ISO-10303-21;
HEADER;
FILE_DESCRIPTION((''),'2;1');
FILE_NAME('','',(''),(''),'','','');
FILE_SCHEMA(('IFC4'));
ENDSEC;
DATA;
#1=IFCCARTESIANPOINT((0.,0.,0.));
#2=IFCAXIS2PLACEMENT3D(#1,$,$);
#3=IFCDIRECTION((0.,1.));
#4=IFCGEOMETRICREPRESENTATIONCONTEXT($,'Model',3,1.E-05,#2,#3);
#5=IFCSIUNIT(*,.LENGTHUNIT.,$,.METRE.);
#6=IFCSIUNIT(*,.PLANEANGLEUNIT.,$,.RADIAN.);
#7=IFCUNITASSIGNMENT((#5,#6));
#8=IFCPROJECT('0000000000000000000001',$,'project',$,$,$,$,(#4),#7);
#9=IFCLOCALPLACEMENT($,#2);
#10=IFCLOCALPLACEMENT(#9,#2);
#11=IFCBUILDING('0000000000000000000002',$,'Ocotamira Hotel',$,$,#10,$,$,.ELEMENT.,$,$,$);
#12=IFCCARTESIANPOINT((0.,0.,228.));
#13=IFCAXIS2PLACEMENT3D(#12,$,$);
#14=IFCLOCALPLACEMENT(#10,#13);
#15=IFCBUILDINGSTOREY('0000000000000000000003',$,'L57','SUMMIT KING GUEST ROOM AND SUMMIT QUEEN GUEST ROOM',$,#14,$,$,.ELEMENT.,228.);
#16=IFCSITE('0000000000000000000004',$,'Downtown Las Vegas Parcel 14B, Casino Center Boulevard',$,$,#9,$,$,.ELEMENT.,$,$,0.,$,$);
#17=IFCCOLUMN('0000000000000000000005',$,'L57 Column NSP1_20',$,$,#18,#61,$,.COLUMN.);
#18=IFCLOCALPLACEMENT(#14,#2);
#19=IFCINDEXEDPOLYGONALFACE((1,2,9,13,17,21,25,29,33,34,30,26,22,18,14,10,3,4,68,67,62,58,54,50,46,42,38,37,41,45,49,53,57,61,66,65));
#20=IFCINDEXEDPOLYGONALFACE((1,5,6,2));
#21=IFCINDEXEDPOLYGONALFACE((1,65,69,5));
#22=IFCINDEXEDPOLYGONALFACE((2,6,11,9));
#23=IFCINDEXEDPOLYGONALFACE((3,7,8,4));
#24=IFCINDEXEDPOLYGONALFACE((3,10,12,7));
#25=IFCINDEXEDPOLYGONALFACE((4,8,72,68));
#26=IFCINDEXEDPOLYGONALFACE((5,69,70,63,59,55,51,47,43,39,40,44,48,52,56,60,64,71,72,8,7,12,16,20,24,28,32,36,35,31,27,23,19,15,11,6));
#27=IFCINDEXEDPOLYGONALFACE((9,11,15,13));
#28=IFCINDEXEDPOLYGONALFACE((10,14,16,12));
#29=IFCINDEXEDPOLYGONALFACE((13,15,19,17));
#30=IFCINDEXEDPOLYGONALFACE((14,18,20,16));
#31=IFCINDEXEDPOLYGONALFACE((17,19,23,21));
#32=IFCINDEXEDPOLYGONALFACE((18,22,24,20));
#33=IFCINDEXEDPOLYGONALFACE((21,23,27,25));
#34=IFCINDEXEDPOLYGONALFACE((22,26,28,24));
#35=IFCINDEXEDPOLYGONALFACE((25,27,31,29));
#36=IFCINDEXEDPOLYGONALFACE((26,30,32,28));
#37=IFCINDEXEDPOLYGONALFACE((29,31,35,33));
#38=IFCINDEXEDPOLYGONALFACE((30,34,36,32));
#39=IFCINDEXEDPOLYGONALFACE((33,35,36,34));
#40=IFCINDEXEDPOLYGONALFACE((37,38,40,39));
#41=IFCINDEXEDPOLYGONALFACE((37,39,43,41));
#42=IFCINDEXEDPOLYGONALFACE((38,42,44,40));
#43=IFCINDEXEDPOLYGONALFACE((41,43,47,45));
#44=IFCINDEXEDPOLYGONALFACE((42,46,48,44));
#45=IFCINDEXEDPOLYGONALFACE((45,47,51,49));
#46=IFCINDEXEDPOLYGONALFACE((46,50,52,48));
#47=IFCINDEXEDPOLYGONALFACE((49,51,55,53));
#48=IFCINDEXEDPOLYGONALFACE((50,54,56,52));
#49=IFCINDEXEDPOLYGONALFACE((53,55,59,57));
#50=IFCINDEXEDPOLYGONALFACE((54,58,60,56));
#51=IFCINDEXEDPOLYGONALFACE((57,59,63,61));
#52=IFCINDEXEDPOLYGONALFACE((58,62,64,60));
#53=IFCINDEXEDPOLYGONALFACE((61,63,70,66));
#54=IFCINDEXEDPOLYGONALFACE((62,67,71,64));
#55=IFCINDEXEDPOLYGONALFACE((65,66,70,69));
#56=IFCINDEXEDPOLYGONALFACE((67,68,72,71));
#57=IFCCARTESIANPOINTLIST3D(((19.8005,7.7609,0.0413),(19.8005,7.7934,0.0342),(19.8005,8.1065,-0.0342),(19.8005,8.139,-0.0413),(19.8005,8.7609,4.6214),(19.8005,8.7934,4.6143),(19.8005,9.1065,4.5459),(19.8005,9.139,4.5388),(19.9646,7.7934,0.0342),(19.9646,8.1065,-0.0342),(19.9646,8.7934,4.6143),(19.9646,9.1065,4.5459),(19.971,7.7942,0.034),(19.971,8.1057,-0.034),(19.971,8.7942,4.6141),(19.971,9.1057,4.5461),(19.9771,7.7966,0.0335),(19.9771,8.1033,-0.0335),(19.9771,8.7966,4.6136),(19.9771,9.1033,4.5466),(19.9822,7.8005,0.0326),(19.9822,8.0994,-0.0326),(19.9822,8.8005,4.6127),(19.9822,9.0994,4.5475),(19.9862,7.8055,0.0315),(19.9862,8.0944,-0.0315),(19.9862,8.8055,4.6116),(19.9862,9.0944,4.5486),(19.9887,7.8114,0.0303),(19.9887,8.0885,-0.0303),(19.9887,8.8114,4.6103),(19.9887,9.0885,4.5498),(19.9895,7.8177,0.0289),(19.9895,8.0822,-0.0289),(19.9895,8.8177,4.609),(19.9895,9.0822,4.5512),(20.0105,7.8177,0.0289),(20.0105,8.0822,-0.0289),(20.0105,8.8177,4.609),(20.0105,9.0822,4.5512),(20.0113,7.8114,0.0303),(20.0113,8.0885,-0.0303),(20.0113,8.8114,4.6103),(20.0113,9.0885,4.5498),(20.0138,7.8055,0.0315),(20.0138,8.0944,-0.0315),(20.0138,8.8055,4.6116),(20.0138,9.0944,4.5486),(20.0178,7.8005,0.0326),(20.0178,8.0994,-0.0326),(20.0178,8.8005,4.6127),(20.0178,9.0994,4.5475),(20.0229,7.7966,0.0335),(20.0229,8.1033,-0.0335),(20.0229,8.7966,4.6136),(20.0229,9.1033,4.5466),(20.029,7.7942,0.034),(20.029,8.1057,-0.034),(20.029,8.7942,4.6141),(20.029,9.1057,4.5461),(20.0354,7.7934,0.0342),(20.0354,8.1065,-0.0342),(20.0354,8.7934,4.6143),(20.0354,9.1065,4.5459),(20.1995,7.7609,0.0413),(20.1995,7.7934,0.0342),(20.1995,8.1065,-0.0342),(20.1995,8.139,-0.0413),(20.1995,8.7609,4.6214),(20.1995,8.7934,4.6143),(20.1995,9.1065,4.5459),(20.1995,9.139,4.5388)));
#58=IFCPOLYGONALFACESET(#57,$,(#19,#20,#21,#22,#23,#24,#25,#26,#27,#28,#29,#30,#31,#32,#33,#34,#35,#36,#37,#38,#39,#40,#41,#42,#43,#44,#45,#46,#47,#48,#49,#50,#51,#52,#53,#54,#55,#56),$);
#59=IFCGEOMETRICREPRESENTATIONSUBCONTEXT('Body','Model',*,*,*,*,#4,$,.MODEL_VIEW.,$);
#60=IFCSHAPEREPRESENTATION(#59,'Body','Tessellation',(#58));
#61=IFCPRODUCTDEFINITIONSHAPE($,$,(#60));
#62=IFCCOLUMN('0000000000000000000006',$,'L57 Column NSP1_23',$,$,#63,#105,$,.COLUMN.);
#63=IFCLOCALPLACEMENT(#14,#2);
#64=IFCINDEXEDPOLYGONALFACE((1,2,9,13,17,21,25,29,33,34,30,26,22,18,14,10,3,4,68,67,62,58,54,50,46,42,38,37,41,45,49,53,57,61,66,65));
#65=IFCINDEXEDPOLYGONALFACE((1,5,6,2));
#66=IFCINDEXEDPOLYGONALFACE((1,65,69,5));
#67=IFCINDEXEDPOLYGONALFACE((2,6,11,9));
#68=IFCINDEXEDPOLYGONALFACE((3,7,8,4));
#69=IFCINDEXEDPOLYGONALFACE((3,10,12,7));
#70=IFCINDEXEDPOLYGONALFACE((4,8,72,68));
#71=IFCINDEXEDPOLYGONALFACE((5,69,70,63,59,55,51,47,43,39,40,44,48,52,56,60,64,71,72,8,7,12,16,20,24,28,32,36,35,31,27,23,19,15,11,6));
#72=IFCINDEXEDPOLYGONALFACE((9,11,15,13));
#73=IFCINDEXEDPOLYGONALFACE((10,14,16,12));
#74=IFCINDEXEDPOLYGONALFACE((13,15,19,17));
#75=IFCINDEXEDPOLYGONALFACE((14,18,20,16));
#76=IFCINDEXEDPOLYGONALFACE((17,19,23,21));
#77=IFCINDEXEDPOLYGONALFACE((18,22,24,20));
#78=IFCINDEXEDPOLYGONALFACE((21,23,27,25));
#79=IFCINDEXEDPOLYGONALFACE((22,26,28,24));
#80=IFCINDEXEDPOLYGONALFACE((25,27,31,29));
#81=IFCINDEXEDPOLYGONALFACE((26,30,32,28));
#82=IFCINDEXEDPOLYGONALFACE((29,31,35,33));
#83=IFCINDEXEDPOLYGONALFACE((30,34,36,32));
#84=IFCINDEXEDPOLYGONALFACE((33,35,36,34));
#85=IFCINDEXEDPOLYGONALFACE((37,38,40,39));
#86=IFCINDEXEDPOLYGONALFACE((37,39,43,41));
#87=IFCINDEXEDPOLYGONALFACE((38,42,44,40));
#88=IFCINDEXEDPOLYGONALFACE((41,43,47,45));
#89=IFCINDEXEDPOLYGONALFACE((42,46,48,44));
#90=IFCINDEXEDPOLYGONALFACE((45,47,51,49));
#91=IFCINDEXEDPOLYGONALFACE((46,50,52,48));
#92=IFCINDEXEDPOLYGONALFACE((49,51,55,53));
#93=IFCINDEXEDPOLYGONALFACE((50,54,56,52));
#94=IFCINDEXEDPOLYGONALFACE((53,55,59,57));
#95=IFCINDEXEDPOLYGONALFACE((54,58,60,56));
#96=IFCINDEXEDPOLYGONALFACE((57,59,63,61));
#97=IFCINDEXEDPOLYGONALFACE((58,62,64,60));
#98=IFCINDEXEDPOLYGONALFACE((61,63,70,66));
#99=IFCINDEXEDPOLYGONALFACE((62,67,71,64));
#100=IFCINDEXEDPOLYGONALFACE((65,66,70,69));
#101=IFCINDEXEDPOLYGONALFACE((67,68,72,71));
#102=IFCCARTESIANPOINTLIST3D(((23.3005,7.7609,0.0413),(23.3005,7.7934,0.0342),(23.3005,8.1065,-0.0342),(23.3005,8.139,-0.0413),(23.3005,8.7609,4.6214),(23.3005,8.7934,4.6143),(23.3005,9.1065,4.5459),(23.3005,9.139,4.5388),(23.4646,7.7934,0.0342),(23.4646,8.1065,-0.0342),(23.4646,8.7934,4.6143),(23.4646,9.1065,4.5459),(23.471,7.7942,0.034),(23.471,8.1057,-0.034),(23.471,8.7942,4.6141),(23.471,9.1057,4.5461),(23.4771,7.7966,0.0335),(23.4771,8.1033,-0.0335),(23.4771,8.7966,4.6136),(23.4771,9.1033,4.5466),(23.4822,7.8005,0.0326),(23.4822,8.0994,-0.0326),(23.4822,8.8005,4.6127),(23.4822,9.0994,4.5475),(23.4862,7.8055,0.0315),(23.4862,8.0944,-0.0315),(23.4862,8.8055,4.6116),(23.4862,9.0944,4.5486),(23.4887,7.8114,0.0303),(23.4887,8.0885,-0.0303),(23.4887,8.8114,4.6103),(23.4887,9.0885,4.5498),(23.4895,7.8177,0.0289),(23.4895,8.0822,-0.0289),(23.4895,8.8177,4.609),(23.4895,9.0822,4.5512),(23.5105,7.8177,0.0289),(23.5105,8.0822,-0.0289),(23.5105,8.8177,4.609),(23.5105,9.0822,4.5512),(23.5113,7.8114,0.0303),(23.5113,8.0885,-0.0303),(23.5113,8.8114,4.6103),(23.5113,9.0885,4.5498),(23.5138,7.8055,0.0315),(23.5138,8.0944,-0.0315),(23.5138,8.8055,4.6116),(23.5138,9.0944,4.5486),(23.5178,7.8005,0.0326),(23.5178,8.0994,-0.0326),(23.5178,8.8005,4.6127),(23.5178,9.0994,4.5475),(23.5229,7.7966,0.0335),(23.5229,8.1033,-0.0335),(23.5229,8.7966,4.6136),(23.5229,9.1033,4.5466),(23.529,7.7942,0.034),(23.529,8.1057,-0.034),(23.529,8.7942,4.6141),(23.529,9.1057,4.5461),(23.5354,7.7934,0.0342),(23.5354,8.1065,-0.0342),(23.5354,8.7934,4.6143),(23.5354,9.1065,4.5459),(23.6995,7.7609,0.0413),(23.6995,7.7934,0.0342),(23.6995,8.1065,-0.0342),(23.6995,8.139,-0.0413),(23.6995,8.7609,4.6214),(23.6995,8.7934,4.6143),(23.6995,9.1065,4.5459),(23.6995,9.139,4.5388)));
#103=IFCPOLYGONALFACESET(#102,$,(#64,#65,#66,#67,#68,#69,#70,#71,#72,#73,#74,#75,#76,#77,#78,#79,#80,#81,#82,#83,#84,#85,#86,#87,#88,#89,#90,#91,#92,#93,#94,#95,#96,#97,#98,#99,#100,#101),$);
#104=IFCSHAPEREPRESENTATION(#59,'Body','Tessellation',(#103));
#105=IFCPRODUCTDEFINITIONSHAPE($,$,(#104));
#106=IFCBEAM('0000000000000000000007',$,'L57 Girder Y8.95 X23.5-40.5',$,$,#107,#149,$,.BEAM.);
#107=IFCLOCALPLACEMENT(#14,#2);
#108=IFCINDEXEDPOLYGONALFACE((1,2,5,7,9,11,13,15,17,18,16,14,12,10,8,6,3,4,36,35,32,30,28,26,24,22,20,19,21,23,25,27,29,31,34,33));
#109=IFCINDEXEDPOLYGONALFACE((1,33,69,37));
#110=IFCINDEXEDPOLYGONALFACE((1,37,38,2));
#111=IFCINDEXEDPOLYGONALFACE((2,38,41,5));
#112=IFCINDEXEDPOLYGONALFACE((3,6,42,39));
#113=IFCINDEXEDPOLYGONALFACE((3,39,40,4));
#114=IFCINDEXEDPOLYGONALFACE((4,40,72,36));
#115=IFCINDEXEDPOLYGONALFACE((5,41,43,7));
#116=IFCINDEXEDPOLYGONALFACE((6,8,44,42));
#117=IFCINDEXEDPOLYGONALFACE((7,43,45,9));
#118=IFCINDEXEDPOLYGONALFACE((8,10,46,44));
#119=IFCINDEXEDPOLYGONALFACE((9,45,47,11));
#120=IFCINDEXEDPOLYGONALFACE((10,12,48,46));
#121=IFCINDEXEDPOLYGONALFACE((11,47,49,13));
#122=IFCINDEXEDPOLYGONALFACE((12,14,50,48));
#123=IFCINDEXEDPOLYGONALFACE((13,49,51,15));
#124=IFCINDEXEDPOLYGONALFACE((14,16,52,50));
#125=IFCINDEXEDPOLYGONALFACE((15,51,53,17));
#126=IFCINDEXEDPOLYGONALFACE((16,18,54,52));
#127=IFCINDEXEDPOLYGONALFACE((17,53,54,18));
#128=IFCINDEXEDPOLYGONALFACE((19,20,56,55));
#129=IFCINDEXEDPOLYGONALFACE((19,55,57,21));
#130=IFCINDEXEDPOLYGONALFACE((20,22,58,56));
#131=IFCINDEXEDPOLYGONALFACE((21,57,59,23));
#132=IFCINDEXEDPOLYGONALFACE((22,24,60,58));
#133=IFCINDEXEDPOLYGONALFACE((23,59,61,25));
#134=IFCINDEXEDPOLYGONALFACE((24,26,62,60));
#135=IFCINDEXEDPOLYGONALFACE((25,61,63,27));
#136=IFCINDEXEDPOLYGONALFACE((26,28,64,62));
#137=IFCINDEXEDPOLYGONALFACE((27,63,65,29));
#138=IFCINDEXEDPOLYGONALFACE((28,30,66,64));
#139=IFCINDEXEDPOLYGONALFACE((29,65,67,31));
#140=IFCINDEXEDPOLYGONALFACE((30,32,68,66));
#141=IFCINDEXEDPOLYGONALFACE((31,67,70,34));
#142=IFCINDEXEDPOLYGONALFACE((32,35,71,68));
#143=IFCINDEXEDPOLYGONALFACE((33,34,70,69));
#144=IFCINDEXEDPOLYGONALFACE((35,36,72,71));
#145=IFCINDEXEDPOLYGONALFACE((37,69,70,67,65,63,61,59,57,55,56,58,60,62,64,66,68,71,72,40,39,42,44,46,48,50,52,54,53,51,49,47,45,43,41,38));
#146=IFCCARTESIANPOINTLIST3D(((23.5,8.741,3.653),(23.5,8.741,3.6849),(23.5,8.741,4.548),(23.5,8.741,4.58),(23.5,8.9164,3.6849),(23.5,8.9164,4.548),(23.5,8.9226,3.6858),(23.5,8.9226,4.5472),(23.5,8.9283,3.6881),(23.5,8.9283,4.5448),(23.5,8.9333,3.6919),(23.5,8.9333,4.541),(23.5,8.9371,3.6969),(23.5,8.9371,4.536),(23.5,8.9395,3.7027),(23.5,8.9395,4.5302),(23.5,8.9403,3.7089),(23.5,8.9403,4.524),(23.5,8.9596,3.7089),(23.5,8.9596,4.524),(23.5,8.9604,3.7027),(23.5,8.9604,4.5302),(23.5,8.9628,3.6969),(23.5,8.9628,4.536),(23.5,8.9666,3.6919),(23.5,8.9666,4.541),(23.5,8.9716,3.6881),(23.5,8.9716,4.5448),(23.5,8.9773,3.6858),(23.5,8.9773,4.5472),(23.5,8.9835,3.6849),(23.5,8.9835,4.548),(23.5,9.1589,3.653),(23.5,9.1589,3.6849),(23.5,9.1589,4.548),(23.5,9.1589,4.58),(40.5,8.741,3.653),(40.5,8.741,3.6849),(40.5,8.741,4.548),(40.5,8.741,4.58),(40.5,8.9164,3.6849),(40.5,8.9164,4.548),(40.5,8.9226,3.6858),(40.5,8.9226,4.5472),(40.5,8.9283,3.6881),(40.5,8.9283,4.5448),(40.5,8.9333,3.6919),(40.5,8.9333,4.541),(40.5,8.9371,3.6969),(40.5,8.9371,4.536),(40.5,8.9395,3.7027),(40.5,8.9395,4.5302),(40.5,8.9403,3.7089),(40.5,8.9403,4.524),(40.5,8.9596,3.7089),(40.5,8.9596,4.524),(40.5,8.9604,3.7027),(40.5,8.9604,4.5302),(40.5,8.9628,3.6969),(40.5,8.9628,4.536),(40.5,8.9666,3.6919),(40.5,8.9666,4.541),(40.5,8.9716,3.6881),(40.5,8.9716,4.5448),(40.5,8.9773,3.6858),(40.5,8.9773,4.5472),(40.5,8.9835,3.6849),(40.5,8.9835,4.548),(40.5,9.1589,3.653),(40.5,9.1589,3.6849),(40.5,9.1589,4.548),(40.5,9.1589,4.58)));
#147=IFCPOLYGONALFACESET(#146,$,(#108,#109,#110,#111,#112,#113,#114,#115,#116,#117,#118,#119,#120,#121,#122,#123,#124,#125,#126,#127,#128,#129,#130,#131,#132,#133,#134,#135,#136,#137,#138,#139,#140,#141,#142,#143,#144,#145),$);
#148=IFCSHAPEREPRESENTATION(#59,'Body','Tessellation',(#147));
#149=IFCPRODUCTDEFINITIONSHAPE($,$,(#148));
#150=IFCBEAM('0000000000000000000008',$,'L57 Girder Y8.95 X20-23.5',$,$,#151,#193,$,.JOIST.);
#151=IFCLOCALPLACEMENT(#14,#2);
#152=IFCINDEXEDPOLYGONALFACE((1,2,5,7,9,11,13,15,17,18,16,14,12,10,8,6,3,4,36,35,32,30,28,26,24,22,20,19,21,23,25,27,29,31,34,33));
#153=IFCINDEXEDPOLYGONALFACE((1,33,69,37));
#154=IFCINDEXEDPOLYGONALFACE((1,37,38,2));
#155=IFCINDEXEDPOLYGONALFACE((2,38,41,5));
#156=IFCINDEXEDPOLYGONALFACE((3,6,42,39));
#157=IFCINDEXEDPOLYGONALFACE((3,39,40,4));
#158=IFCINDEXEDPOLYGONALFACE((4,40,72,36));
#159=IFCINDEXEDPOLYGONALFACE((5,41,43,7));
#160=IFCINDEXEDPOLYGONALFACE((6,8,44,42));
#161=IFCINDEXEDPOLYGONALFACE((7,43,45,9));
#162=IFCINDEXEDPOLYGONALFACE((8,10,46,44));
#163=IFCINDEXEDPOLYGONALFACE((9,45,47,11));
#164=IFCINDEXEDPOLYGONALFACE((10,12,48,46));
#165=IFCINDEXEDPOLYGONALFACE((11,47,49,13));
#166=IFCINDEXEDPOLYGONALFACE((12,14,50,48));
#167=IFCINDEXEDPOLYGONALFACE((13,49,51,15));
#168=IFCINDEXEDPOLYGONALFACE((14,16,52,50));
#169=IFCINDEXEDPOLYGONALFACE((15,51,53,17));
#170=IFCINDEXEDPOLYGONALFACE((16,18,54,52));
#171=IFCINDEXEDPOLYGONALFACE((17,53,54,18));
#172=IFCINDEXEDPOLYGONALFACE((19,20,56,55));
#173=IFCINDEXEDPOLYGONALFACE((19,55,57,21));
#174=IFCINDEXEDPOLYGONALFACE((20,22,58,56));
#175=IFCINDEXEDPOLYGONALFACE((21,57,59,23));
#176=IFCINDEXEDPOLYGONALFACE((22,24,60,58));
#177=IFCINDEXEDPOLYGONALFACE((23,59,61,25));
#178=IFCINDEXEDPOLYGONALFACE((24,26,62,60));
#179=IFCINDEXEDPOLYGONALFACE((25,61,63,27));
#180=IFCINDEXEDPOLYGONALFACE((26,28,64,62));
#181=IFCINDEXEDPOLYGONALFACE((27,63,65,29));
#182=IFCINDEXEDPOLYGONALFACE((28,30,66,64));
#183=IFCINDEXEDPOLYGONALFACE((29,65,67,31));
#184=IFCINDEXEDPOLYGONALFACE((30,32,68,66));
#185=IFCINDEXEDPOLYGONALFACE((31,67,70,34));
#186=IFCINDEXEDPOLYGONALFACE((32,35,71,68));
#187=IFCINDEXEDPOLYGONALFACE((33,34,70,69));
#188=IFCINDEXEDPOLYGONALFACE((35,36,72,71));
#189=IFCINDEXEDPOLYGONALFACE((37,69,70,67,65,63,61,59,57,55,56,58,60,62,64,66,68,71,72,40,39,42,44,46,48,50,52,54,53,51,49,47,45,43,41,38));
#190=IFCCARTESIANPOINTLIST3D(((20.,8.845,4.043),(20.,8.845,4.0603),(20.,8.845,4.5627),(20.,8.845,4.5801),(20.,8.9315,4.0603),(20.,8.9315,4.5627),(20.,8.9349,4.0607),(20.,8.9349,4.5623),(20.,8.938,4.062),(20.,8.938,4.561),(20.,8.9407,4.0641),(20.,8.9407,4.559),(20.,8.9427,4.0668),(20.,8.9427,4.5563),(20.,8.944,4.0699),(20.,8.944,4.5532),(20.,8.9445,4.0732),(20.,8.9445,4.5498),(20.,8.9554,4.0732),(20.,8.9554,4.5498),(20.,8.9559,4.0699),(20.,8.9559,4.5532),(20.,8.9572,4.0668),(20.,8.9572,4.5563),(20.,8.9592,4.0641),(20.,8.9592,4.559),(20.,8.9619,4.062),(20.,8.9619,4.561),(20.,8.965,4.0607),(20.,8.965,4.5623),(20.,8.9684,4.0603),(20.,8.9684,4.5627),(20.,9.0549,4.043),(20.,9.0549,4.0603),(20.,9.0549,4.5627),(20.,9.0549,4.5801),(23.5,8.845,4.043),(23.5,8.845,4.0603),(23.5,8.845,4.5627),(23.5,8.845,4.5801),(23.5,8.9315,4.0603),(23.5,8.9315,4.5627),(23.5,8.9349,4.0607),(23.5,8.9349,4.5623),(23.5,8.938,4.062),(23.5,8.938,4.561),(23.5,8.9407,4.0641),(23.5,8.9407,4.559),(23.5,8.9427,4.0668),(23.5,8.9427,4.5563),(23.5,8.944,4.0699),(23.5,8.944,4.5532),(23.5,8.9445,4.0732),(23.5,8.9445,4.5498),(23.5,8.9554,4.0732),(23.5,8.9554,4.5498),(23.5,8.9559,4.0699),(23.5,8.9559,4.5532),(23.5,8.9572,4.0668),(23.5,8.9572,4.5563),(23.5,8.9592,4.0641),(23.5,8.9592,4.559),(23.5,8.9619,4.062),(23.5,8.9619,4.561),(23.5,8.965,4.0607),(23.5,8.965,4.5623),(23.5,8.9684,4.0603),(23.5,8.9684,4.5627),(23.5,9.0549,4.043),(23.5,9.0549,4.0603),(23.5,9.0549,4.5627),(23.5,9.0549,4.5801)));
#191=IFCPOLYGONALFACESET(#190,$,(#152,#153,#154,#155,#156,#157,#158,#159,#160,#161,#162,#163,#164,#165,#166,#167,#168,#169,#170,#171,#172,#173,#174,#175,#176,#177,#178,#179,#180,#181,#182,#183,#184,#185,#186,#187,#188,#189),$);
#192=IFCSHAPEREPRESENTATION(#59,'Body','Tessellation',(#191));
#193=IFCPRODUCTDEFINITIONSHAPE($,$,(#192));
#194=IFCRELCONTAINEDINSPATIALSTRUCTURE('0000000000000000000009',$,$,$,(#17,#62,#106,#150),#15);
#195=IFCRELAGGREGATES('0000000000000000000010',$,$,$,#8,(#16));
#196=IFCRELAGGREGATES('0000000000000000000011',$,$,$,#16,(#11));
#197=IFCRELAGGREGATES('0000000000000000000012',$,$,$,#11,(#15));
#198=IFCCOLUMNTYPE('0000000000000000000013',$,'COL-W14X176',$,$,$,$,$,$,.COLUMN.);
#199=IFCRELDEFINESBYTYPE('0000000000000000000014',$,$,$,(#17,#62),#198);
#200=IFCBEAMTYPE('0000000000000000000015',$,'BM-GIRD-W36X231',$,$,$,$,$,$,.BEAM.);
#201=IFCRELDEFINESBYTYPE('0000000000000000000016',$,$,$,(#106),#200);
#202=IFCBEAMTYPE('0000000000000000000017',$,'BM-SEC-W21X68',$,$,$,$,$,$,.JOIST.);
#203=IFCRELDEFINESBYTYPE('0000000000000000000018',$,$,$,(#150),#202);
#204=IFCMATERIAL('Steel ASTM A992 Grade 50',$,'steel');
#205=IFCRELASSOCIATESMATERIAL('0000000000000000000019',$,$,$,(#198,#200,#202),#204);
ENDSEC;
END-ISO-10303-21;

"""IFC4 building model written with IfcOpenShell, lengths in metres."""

from ifc_helpers import new_model, si_unit, direction, frame, origin, origin_2d, place, context, subcontext, project, spatial, i_section, extrude, source, transform, mapped, material, material_profile, profile_set, type_object, element, save


model = new_model("IFC4")

# Units and contexts
model_context = context("Model", 3, precision=1e-05, world=origin(), true_north=direction((0.0, 1.0)))
body_context = subcontext(model_context, "Body", "Model", "MODEL_VIEW")
ifc_project = project(units=[si_unit("LENGTHUNIT", "METRE"), si_unit("PLANEANGLEUNIT", "RADIAN")], contexts=[model_context])

# Site, building, storey
site_placement = place(None, origin())
site = spatial("IfcSite", under=ifc_project, at=site_placement, Name="Downtown Las Vegas Parcel 14B, Casino Center Boulevard", CompositionType="ELEMENT", RefElevation=0.0)
building_placement = place(site_placement, origin())
building = spatial("IfcBuilding", under=site, at=building_placement, Name="Ocotamira Hotel", CompositionType="ELEMENT")
storey_placement = place(building_placement, frame((0.0, 0.0, 228.0)))
storey = spatial("IfcBuildingStorey", under=building, at=storey_placement, Name="L57", Description="SUMMIT KING GUEST ROOM AND SUMMIT QUEEN GUEST ROOM", CompositionType="ELEMENT", Elevation=228.0)

# Columns
ifc_material_1 = material(Name="Steel ASTM A992 Grade 50", Category="steel")
ifc_material_profile_1 = material_profile(ifc_material_1, i_section(OverallWidth=0.3989, OverallDepth=0.387, WebThickness=0.021, FlangeThickness=0.0332, FilletRadius=0.0249, at=origin_2d()), Name="W14X176")
ifc_profile_set_1 = profile_set([ifc_material_profile_1], Name="Steel ASTM A992 Grade 50")
column_type = type_object("IfcColumnType", Name="COL-W14X176", PredefinedType="COLUMN", material=ifc_profile_set_1)
shared_shape_1 = source(origin(), body_context, "Body", "SweptSolid", [
    extrude(i_section(OverallWidth=0.3989, OverallDepth=0.387, WebThickness=0.021, FlangeThickness=0.0332, FilletRadius=0.0249, at=origin_2d()), origin(), (0.0, 0.0, 1.0), 4.688),
])
for number, where, z_axis, x_axis, name in (
    (1, (20.0, 7.95, 0.0), (0.0, 0.213312, 0.976984), (-1.0, 0.0, 0.0), "L57 Column NSP1_20"),
    (2, (23.5, 7.95, 0.0), (0.0, 0.213312, 0.976984), (-1.0, 0.0, 0.0), "L57 Column NSP1_23"),
):
    element("IfcColumn", number, at=place(storey_placement, frame(where, z_axis=z_axis, x_axis=x_axis)), inside=storey, type_object=column_type, Name=name, PredefinedType="COLUMN", context=body_context, shape_type="MappedRepresentation", body=[
        mapped(shared_shape_1, transform((0.0, 0.0, 0.0), scale=1.0)),
    ])

# Beams
ifc_material_profile_2 = material_profile(ifc_material_1, i_section(OverallWidth=0.418, OverallDepth=0.927, WebThickness=0.0193, FlangeThickness=0.032, FilletRadius=0.0239, at=origin_2d()), Name="W36X231")
ifc_profile_set_2 = profile_set([ifc_material_profile_2], Name="Steel ASTM A992 Grade 50")
beam_type_1 = type_object("IfcBeamType", Name="BM-GIRD-W36X231", PredefinedType="BEAM", material=ifc_profile_set_2)
shared_shape_2 = source(origin(), body_context, "Body", "SweptSolid", [
    extrude(i_section(OverallWidth=0.418, OverallDepth=0.927, WebThickness=0.0193, FlangeThickness=0.032, FilletRadius=0.0239, at=origin_2d()), origin(), (0.0, 0.0, 1.0), 17.0),
])
beam_1_placement = place(storey_placement, frame((23.5, 8.95, 4.1165), z_axis=(1.0, 0.0, 0.0), x_axis=(0.0, 1.0, 0.0)))
element("IfcBeam", 3, at=beam_1_placement, inside=storey, type_object=beam_type_1, Name="L57 Girder Y8.95 X23.5-40.5", PredefinedType="BEAM", context=body_context, shape_type="MappedRepresentation", body=[
    mapped(shared_shape_2, transform((0.0, 0.0, 0.0), scale=1.0)),
])
ifc_material_profile_3 = material_profile(ifc_material_1, i_section(OverallWidth=0.21, OverallDepth=0.5371, WebThickness=0.011, FlangeThickness=0.0173, FilletRadius=0.0129, at=origin_2d()), Name="W21X68")
ifc_profile_set_3 = profile_set([ifc_material_profile_3], Name="Steel ASTM A992 Grade 50")
beam_type_2 = type_object("IfcBeamType", Name="BM-SEC-W21X68", PredefinedType="JOIST", material=ifc_profile_set_3)
shared_shape_3 = source(origin(), body_context, "Body", "SweptSolid", [
    extrude(i_section(OverallWidth=0.21, OverallDepth=0.5371, WebThickness=0.011, FlangeThickness=0.0173, FilletRadius=0.0129, at=origin_2d()), origin(), (0.0, 0.0, 1.0), 3.5),
])
beam_2_placement = place(storey_placement, frame((20.0, 8.95, 4.3115), z_axis=(1.0, 0.0, 0.0), x_axis=(0.0, 1.0, 0.0)))
element("IfcBeam", 4, at=beam_2_placement, inside=storey, type_object=beam_type_2, Name="L57 Girder Y8.95 X20-23.5", PredefinedType="JOIST", context=body_context, shape_type="MappedRepresentation", body=[
    mapped(shared_shape_3, transform((0.0, 0.0, 0.0), scale=1.0)),
])

save(model, "model.ifc")
